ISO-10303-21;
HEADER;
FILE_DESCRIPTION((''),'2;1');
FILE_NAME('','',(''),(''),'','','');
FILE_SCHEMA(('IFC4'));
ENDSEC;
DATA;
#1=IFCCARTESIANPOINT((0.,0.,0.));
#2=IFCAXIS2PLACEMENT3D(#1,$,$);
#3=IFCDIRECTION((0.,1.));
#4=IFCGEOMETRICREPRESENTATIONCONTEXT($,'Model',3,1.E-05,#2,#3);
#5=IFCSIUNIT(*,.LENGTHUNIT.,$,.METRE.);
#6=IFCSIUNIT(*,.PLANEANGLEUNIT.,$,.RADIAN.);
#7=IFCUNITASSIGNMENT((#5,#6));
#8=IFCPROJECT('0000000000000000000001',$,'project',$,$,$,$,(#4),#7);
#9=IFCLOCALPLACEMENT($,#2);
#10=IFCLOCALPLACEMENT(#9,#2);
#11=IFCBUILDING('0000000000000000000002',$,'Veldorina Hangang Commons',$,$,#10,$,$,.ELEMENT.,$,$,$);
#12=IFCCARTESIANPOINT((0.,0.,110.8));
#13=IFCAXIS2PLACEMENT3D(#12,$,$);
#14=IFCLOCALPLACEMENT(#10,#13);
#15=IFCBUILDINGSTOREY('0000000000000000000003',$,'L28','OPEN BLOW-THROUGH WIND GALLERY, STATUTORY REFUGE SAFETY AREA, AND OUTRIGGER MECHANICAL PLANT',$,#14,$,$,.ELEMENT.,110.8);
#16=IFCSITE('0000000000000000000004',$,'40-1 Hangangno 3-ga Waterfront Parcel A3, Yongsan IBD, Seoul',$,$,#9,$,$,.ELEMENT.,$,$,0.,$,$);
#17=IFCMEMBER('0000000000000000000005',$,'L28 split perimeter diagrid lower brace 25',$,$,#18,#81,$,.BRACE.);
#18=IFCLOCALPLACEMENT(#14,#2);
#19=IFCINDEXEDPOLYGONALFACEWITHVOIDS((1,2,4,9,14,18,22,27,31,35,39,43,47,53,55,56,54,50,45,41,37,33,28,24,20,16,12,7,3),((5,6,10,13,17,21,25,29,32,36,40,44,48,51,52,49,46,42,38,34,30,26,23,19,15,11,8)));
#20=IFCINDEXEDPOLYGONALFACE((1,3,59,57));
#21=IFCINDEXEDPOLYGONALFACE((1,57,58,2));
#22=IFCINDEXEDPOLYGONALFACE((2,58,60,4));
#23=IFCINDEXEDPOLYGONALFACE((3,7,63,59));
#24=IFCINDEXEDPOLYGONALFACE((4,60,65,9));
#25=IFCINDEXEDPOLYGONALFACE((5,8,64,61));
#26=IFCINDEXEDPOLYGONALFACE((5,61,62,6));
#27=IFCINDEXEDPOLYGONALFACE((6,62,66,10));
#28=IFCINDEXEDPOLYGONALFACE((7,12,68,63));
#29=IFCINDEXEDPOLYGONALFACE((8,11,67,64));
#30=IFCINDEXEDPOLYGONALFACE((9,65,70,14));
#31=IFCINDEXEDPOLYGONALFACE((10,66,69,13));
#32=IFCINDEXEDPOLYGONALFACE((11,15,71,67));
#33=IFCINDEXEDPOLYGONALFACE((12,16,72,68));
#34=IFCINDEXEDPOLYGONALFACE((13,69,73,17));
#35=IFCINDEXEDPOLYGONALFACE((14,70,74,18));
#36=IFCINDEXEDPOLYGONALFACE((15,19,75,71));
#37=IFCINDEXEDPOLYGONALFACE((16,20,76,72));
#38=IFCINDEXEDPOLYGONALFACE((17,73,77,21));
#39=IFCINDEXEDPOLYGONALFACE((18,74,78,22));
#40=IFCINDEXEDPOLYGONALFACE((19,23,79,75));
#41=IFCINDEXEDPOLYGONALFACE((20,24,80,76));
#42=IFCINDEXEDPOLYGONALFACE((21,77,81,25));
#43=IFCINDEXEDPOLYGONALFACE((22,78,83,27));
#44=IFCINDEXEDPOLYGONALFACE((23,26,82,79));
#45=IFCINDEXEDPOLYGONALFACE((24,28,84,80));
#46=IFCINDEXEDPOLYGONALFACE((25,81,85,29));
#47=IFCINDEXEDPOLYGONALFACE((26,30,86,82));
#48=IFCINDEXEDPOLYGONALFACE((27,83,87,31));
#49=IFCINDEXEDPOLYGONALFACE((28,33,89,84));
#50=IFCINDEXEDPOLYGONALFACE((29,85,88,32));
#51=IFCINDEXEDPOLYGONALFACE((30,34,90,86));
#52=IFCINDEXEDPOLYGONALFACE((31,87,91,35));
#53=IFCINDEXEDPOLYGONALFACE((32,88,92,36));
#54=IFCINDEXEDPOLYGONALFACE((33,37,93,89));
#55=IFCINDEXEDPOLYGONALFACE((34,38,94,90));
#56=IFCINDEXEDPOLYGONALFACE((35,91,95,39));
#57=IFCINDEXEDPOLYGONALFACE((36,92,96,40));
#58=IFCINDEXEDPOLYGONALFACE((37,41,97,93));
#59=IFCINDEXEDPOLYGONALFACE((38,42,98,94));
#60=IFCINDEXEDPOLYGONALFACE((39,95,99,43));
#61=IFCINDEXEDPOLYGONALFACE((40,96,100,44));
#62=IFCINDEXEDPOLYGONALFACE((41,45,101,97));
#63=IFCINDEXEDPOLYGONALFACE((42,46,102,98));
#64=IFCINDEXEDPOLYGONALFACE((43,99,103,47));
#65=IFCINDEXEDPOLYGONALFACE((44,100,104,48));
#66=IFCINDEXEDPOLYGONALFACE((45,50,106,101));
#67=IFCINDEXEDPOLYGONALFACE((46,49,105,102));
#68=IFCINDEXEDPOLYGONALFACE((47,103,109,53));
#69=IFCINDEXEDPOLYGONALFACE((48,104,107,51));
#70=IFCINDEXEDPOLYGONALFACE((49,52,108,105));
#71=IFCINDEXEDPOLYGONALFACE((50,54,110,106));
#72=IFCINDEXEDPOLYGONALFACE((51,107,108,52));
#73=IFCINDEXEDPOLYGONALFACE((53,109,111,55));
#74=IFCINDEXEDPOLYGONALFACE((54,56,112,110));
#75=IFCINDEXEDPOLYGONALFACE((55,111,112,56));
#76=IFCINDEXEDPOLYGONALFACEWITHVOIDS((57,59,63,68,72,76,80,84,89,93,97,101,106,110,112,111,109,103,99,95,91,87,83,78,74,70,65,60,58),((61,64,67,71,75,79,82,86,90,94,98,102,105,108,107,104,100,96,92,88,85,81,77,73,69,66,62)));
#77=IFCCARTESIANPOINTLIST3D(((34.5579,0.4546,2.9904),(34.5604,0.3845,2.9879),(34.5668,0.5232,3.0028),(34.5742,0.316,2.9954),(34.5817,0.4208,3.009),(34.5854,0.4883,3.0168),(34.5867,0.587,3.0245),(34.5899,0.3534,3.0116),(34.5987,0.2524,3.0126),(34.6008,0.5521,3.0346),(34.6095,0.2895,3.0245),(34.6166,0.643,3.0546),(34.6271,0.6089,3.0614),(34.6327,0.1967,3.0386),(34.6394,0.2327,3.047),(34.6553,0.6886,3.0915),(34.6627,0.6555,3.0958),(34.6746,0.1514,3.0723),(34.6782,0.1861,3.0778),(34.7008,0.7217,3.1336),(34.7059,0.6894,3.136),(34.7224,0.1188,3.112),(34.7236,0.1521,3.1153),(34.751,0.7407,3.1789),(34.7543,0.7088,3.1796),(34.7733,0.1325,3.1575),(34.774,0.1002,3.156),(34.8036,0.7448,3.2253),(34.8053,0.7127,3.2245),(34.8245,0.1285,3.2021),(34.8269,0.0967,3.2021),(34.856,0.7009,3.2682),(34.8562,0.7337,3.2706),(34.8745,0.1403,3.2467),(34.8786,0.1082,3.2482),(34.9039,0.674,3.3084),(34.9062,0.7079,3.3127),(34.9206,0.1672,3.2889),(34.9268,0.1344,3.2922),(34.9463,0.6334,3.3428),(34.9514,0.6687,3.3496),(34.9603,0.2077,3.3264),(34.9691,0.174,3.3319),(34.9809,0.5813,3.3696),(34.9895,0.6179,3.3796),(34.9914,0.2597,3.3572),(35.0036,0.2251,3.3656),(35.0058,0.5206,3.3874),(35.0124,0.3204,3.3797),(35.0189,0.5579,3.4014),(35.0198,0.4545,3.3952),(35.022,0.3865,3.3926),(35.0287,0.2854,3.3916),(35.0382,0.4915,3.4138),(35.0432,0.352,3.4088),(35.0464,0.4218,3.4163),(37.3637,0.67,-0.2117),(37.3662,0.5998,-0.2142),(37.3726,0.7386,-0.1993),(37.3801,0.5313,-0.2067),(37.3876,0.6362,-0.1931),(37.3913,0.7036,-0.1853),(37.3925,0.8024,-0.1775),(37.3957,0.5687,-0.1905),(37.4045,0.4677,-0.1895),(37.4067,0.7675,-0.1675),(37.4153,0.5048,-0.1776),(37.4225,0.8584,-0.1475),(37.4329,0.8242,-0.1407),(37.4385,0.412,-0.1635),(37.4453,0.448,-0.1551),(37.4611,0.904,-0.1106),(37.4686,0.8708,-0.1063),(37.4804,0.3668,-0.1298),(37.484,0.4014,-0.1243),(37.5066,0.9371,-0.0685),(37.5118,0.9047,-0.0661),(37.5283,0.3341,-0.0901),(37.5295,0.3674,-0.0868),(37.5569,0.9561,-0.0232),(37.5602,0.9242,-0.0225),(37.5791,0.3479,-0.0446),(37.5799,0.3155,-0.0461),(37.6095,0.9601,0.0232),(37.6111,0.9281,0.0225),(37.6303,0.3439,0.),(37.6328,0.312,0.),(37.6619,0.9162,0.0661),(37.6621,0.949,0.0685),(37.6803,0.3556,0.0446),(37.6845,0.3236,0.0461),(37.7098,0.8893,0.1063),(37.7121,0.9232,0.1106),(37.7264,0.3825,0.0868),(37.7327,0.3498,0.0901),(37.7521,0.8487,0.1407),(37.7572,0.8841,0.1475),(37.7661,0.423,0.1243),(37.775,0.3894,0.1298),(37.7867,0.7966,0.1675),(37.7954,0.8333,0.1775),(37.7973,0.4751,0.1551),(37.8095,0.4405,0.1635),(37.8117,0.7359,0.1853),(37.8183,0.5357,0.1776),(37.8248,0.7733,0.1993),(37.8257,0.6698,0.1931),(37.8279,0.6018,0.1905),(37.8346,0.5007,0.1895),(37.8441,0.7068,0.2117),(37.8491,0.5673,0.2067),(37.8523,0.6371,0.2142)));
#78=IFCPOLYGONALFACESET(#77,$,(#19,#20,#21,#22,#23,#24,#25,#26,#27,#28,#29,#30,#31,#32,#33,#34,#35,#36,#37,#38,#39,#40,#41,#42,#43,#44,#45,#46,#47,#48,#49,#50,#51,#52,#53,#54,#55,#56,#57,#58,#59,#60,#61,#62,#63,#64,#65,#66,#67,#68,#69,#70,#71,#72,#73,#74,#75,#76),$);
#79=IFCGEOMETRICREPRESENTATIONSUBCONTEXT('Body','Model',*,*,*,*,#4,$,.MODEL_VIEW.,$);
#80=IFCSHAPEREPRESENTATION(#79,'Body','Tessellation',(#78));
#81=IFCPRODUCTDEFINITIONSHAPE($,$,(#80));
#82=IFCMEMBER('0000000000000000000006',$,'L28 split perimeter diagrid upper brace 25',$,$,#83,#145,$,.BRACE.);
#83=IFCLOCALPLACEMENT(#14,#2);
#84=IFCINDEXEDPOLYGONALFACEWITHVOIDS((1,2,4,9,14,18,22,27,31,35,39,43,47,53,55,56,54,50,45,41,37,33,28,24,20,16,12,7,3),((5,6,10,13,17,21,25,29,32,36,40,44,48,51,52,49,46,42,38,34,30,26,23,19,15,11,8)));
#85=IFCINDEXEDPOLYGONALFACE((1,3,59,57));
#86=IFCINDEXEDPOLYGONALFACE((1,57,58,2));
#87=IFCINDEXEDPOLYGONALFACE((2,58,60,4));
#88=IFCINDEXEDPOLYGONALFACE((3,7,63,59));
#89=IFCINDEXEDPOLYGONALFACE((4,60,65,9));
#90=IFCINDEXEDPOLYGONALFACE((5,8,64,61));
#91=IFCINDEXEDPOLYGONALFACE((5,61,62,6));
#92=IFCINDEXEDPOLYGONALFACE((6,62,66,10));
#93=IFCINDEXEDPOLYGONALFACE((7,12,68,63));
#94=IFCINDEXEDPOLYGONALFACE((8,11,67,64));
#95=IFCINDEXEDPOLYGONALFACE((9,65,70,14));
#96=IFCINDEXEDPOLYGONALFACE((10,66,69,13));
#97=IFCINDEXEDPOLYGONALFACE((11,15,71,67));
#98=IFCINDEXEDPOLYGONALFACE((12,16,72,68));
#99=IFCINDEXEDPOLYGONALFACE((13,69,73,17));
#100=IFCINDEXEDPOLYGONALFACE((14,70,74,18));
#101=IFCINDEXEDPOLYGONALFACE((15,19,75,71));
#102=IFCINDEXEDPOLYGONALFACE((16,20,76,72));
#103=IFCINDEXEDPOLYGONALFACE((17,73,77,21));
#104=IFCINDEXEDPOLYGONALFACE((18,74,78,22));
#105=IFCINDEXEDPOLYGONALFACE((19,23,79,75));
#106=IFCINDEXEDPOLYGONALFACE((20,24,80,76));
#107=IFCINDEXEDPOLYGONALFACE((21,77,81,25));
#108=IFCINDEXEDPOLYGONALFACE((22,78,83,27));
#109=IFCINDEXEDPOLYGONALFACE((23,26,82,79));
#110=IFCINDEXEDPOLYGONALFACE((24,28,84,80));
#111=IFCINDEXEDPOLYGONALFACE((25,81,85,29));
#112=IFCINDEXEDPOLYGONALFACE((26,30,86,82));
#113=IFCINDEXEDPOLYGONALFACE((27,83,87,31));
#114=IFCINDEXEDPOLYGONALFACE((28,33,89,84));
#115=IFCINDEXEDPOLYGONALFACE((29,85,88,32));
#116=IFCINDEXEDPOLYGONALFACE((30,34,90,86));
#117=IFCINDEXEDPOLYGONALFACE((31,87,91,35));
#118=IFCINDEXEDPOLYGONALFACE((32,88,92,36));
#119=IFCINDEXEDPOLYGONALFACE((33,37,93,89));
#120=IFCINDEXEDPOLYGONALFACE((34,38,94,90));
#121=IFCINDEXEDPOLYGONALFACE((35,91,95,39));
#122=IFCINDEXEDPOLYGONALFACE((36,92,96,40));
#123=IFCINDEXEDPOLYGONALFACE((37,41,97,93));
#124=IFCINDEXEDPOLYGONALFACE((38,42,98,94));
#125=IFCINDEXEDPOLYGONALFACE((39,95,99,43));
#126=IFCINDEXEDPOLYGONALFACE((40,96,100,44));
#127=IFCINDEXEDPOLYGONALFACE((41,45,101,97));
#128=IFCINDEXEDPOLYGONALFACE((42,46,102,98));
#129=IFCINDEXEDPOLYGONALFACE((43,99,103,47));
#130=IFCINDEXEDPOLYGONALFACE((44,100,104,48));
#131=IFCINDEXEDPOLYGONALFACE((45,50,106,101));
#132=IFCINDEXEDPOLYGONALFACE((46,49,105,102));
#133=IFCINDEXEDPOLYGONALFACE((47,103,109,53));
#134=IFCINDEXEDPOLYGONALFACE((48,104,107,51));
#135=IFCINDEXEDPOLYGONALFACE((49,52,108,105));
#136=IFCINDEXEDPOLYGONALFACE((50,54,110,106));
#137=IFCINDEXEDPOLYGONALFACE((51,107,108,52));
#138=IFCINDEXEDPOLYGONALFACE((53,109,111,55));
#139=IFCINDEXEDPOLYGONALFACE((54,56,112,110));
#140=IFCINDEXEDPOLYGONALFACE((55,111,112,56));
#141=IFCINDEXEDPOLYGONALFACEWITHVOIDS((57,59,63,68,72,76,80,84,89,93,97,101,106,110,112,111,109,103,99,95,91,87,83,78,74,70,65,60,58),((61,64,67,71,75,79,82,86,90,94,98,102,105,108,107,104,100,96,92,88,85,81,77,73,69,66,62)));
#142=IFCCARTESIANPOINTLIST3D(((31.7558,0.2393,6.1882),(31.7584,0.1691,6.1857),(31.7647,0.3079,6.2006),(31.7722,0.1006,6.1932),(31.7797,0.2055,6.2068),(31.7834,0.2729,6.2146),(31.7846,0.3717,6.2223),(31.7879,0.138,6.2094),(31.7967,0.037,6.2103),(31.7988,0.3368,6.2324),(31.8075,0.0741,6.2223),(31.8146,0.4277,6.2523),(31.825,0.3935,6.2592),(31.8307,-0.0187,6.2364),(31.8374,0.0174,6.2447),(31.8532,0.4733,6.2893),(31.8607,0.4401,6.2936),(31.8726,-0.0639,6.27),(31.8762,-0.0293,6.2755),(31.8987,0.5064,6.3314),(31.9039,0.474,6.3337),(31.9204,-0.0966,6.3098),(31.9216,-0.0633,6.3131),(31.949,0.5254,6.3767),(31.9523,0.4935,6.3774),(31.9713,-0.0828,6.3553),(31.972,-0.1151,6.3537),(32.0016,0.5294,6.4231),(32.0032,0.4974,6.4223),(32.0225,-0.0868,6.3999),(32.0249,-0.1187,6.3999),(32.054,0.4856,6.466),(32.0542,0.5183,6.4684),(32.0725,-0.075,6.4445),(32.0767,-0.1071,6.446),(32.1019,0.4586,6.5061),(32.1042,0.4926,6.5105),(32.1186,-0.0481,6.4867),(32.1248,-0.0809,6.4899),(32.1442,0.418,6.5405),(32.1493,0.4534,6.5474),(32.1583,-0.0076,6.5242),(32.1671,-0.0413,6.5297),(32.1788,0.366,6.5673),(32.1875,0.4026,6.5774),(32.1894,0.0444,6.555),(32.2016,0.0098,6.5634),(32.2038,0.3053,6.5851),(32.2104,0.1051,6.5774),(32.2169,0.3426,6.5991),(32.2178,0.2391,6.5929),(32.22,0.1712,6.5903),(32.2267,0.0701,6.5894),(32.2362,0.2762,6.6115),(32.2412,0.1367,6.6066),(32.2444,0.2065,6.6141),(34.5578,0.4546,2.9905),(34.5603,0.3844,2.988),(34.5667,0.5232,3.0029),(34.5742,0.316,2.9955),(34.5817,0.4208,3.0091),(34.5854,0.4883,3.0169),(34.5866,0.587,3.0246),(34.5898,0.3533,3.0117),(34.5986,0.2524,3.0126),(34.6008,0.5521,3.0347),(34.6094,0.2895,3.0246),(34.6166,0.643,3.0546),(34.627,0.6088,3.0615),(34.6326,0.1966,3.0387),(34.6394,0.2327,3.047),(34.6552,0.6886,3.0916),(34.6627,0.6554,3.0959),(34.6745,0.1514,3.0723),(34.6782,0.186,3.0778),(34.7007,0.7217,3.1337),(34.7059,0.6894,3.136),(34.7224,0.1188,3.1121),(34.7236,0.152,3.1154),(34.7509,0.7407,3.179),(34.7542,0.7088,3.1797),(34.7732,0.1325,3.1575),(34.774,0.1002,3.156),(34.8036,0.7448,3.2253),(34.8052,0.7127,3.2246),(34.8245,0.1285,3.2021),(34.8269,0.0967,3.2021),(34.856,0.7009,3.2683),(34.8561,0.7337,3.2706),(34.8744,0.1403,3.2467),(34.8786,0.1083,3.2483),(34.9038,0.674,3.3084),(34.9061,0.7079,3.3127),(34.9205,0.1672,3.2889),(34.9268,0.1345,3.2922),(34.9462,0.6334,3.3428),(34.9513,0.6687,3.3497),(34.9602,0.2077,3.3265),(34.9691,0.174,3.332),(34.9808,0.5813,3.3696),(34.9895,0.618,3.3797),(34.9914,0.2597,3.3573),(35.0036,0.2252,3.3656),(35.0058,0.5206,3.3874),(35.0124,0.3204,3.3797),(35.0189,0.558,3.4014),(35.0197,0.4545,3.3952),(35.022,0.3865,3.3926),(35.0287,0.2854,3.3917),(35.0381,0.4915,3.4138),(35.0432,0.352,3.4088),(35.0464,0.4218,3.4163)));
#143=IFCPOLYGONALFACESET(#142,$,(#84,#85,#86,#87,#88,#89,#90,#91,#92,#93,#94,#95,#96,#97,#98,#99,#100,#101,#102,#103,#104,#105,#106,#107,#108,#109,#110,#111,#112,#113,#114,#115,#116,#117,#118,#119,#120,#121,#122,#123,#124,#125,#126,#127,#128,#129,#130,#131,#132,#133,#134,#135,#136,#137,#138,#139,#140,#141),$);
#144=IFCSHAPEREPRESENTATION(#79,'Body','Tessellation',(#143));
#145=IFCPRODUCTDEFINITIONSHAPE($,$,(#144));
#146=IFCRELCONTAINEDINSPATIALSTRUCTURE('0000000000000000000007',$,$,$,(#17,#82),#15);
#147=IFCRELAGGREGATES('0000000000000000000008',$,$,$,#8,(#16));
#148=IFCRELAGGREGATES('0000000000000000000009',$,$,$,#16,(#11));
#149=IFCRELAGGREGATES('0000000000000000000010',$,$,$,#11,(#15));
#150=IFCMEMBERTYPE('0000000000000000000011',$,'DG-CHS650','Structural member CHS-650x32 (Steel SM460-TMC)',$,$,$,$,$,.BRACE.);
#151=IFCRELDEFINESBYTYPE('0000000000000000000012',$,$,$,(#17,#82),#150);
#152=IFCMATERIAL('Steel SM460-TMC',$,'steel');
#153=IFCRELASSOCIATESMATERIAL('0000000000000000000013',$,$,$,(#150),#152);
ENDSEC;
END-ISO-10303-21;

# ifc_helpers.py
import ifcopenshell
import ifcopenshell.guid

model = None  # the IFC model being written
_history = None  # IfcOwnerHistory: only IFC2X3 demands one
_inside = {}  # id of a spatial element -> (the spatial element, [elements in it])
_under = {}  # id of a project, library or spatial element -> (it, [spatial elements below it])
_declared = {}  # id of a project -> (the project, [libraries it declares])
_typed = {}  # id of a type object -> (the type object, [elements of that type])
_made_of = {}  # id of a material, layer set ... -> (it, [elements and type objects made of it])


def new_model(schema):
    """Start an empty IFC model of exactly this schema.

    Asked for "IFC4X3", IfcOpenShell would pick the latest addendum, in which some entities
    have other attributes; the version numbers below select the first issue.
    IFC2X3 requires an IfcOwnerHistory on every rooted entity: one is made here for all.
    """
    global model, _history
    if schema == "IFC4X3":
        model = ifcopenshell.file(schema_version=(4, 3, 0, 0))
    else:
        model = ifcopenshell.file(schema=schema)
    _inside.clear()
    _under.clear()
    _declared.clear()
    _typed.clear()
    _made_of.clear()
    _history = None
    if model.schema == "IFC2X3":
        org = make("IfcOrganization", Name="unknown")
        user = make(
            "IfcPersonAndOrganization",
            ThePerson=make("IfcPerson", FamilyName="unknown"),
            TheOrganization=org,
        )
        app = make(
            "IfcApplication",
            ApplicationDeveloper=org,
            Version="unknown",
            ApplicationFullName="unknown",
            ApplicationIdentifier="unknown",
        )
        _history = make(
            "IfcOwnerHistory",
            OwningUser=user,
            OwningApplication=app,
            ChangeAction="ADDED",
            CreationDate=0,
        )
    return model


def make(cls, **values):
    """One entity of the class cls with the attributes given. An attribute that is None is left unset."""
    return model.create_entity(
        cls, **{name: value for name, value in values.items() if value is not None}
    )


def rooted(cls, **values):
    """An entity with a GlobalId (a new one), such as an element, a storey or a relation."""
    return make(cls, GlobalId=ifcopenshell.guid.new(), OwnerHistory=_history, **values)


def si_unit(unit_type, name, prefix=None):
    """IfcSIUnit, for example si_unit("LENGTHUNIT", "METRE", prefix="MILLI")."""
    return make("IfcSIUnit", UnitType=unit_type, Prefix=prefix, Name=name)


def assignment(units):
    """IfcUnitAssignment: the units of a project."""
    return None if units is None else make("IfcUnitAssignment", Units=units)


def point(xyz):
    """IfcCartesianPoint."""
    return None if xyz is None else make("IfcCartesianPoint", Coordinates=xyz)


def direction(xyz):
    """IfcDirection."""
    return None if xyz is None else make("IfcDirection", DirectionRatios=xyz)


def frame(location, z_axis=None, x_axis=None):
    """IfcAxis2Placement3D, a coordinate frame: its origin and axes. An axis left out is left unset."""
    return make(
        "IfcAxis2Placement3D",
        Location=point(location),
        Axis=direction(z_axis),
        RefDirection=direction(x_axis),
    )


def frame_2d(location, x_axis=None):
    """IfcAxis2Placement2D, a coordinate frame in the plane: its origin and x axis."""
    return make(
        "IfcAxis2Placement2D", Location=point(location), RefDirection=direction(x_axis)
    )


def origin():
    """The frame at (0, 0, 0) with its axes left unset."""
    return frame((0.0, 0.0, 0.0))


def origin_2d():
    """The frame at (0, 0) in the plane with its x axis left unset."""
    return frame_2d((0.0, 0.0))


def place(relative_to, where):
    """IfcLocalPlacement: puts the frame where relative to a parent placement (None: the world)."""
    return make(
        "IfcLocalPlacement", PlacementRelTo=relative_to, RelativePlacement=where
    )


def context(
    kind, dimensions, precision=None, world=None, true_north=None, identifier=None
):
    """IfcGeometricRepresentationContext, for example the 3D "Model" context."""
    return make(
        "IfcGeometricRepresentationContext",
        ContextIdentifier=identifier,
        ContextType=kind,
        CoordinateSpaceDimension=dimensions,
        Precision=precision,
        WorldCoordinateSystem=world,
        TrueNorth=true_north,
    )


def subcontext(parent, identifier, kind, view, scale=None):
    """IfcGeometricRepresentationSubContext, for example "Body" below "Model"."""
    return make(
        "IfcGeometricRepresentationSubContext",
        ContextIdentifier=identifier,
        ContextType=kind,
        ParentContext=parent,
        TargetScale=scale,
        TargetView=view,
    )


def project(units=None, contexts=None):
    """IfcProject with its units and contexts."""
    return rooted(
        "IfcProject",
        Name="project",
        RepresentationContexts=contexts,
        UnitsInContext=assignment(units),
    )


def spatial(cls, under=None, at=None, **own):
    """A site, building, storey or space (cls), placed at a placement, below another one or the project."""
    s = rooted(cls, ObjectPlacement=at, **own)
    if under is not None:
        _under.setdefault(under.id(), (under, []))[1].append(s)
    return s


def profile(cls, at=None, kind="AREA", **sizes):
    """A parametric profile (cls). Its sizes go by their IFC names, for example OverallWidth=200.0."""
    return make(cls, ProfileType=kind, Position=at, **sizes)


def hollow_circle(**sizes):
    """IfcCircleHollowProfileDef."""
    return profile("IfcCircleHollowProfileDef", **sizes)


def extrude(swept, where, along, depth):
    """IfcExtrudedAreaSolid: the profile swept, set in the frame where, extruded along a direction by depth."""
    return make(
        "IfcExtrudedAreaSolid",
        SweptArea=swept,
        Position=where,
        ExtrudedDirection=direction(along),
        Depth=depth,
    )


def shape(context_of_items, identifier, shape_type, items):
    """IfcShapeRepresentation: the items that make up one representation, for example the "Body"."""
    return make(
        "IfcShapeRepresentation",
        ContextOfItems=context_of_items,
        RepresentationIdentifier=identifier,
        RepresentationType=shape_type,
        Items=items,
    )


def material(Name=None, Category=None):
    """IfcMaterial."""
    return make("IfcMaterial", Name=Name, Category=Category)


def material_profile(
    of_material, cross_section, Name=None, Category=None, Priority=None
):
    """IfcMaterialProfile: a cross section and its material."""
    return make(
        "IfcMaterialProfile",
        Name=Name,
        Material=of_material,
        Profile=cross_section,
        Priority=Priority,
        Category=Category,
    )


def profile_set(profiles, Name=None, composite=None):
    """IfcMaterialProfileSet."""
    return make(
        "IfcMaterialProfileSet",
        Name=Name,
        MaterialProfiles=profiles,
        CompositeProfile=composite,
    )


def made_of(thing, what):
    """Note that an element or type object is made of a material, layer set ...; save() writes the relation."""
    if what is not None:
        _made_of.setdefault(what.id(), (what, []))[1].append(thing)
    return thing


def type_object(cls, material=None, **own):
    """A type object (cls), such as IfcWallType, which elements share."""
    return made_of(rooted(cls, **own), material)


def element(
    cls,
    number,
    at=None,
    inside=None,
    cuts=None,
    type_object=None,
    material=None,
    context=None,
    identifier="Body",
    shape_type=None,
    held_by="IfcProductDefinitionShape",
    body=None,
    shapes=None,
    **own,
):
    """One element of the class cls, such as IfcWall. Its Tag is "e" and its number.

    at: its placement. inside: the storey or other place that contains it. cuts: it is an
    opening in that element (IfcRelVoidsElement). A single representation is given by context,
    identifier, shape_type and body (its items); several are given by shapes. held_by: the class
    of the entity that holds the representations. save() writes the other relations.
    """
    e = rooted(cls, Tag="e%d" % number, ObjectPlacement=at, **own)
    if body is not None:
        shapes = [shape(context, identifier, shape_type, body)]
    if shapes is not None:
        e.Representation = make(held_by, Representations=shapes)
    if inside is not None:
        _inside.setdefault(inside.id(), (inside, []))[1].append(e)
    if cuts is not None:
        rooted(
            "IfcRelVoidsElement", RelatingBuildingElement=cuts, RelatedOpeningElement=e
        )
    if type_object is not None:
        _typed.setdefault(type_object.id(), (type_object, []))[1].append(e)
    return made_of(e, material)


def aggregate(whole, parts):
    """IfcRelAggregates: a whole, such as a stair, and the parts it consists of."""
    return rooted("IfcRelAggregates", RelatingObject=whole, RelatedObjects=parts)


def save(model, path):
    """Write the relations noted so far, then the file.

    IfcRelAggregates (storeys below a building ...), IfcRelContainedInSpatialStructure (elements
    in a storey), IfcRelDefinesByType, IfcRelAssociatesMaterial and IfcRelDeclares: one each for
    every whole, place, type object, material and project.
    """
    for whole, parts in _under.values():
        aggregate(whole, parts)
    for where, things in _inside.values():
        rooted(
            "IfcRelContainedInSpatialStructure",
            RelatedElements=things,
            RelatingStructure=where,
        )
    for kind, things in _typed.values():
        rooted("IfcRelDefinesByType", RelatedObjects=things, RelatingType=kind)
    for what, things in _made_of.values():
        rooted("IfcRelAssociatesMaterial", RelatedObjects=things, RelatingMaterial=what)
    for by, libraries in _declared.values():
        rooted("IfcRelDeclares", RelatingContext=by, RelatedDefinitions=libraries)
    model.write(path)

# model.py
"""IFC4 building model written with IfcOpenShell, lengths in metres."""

from ifc_helpers import new_model, si_unit, direction, frame, origin, origin_2d, place, context, subcontext, project, spatial, hollow_circle, extrude, material, material_profile, profile_set, type_object, element, save


model = new_model("IFC4")

# Units and contexts
model_context = context("Model", 3, precision=1e-05, world=origin(), true_north=direction((0.0, 1.0)))
body_context = subcontext(model_context, "Body", "Model", "MODEL_VIEW")
ifc_project = project(units=[si_unit("LENGTHUNIT", "METRE"), si_unit("PLANEANGLEUNIT", "RADIAN")], contexts=[model_context])

# Site, building, storey
site_placement = place(None, origin())
site = spatial("IfcSite", under=ifc_project, at=site_placement, Name="40-1 Hangangno 3-ga Waterfront Parcel A3, Yongsan IBD, Seoul", CompositionType="ELEMENT", RefElevation=0.0)
building_placement = place(site_placement, origin())
building = spatial("IfcBuilding", under=site, at=building_placement, Name="Veldorina Hangang Commons", CompositionType="ELEMENT")
storey_placement = place(building_placement, frame((0.0, 0.0, 110.8)))
storey = spatial("IfcBuildingStorey", under=building, at=storey_placement, Name="L28", Description="OPEN BLOW-THROUGH WIND GALLERY, STATUTORY REFUGE SAFETY AREA, AND OUTRIGGER MECHANICAL PLANT", CompositionType="ELEMENT", Elevation=110.8)

# Shared definitions
ifc_material_1 = material(Name="Steel SM460-TMC", Category="steel")

# Members
ifc_material_profile_1 = material_profile(ifc_material_1, hollow_circle(Radius=0.325, WallThickness=0.032, at=origin_2d()), Name="CHS-650x32")
ifc_profile_set_1 = profile_set([ifc_material_profile_1], Name="Steel SM460-TMC")
member_type_1 = type_object("IfcMemberType", Name="DG-CHS650", Description="Structural member CHS-650x32 (Steel SM460-TMC)", PredefinedType="BRACE", material=ifc_profile_set_1)
member_1_placement = place(storey_placement, frame((37.6079, 0.636, 0.0), z_axis=(-0.658199, -0.050512, 0.751148), x_axis=(0.076517, -0.997068, 0.0)))
element("IfcMember", 1, at=member_1_placement, inside=storey, type_object=member_type_1, Name="L28 split perimeter diagrid lower brace 25", PredefinedType="BRACE", context=body_context, shape_type="SweptSolid", body=[
    extrude(hollow_circle(Radius=0.325, WallThickness=0.032, at=origin_2d()), origin(), (0.0, 0.0, 1.0), 4.2629),
])
member_2_placement = place(storey_placement, frame((34.802, 0.4207, 3.2021), z_axis=(-0.658189, -0.050581, 0.751151), x_axis=(0.076623, -0.99706, 0.0)))
element("IfcMember", 2, at=member_2_placement, inside=storey, type_object=member_type_1, Name="L28 split perimeter diagrid upper brace 25", PredefinedType="BRACE", context=body_context, shape_type="SweptSolid", body=[
    extrude(hollow_circle(Radius=0.325, WallThickness=0.032, at=origin_2d()), origin(), (0.0, 0.0, 1.0), 4.2571),
])

save(model, "model.ifc")
